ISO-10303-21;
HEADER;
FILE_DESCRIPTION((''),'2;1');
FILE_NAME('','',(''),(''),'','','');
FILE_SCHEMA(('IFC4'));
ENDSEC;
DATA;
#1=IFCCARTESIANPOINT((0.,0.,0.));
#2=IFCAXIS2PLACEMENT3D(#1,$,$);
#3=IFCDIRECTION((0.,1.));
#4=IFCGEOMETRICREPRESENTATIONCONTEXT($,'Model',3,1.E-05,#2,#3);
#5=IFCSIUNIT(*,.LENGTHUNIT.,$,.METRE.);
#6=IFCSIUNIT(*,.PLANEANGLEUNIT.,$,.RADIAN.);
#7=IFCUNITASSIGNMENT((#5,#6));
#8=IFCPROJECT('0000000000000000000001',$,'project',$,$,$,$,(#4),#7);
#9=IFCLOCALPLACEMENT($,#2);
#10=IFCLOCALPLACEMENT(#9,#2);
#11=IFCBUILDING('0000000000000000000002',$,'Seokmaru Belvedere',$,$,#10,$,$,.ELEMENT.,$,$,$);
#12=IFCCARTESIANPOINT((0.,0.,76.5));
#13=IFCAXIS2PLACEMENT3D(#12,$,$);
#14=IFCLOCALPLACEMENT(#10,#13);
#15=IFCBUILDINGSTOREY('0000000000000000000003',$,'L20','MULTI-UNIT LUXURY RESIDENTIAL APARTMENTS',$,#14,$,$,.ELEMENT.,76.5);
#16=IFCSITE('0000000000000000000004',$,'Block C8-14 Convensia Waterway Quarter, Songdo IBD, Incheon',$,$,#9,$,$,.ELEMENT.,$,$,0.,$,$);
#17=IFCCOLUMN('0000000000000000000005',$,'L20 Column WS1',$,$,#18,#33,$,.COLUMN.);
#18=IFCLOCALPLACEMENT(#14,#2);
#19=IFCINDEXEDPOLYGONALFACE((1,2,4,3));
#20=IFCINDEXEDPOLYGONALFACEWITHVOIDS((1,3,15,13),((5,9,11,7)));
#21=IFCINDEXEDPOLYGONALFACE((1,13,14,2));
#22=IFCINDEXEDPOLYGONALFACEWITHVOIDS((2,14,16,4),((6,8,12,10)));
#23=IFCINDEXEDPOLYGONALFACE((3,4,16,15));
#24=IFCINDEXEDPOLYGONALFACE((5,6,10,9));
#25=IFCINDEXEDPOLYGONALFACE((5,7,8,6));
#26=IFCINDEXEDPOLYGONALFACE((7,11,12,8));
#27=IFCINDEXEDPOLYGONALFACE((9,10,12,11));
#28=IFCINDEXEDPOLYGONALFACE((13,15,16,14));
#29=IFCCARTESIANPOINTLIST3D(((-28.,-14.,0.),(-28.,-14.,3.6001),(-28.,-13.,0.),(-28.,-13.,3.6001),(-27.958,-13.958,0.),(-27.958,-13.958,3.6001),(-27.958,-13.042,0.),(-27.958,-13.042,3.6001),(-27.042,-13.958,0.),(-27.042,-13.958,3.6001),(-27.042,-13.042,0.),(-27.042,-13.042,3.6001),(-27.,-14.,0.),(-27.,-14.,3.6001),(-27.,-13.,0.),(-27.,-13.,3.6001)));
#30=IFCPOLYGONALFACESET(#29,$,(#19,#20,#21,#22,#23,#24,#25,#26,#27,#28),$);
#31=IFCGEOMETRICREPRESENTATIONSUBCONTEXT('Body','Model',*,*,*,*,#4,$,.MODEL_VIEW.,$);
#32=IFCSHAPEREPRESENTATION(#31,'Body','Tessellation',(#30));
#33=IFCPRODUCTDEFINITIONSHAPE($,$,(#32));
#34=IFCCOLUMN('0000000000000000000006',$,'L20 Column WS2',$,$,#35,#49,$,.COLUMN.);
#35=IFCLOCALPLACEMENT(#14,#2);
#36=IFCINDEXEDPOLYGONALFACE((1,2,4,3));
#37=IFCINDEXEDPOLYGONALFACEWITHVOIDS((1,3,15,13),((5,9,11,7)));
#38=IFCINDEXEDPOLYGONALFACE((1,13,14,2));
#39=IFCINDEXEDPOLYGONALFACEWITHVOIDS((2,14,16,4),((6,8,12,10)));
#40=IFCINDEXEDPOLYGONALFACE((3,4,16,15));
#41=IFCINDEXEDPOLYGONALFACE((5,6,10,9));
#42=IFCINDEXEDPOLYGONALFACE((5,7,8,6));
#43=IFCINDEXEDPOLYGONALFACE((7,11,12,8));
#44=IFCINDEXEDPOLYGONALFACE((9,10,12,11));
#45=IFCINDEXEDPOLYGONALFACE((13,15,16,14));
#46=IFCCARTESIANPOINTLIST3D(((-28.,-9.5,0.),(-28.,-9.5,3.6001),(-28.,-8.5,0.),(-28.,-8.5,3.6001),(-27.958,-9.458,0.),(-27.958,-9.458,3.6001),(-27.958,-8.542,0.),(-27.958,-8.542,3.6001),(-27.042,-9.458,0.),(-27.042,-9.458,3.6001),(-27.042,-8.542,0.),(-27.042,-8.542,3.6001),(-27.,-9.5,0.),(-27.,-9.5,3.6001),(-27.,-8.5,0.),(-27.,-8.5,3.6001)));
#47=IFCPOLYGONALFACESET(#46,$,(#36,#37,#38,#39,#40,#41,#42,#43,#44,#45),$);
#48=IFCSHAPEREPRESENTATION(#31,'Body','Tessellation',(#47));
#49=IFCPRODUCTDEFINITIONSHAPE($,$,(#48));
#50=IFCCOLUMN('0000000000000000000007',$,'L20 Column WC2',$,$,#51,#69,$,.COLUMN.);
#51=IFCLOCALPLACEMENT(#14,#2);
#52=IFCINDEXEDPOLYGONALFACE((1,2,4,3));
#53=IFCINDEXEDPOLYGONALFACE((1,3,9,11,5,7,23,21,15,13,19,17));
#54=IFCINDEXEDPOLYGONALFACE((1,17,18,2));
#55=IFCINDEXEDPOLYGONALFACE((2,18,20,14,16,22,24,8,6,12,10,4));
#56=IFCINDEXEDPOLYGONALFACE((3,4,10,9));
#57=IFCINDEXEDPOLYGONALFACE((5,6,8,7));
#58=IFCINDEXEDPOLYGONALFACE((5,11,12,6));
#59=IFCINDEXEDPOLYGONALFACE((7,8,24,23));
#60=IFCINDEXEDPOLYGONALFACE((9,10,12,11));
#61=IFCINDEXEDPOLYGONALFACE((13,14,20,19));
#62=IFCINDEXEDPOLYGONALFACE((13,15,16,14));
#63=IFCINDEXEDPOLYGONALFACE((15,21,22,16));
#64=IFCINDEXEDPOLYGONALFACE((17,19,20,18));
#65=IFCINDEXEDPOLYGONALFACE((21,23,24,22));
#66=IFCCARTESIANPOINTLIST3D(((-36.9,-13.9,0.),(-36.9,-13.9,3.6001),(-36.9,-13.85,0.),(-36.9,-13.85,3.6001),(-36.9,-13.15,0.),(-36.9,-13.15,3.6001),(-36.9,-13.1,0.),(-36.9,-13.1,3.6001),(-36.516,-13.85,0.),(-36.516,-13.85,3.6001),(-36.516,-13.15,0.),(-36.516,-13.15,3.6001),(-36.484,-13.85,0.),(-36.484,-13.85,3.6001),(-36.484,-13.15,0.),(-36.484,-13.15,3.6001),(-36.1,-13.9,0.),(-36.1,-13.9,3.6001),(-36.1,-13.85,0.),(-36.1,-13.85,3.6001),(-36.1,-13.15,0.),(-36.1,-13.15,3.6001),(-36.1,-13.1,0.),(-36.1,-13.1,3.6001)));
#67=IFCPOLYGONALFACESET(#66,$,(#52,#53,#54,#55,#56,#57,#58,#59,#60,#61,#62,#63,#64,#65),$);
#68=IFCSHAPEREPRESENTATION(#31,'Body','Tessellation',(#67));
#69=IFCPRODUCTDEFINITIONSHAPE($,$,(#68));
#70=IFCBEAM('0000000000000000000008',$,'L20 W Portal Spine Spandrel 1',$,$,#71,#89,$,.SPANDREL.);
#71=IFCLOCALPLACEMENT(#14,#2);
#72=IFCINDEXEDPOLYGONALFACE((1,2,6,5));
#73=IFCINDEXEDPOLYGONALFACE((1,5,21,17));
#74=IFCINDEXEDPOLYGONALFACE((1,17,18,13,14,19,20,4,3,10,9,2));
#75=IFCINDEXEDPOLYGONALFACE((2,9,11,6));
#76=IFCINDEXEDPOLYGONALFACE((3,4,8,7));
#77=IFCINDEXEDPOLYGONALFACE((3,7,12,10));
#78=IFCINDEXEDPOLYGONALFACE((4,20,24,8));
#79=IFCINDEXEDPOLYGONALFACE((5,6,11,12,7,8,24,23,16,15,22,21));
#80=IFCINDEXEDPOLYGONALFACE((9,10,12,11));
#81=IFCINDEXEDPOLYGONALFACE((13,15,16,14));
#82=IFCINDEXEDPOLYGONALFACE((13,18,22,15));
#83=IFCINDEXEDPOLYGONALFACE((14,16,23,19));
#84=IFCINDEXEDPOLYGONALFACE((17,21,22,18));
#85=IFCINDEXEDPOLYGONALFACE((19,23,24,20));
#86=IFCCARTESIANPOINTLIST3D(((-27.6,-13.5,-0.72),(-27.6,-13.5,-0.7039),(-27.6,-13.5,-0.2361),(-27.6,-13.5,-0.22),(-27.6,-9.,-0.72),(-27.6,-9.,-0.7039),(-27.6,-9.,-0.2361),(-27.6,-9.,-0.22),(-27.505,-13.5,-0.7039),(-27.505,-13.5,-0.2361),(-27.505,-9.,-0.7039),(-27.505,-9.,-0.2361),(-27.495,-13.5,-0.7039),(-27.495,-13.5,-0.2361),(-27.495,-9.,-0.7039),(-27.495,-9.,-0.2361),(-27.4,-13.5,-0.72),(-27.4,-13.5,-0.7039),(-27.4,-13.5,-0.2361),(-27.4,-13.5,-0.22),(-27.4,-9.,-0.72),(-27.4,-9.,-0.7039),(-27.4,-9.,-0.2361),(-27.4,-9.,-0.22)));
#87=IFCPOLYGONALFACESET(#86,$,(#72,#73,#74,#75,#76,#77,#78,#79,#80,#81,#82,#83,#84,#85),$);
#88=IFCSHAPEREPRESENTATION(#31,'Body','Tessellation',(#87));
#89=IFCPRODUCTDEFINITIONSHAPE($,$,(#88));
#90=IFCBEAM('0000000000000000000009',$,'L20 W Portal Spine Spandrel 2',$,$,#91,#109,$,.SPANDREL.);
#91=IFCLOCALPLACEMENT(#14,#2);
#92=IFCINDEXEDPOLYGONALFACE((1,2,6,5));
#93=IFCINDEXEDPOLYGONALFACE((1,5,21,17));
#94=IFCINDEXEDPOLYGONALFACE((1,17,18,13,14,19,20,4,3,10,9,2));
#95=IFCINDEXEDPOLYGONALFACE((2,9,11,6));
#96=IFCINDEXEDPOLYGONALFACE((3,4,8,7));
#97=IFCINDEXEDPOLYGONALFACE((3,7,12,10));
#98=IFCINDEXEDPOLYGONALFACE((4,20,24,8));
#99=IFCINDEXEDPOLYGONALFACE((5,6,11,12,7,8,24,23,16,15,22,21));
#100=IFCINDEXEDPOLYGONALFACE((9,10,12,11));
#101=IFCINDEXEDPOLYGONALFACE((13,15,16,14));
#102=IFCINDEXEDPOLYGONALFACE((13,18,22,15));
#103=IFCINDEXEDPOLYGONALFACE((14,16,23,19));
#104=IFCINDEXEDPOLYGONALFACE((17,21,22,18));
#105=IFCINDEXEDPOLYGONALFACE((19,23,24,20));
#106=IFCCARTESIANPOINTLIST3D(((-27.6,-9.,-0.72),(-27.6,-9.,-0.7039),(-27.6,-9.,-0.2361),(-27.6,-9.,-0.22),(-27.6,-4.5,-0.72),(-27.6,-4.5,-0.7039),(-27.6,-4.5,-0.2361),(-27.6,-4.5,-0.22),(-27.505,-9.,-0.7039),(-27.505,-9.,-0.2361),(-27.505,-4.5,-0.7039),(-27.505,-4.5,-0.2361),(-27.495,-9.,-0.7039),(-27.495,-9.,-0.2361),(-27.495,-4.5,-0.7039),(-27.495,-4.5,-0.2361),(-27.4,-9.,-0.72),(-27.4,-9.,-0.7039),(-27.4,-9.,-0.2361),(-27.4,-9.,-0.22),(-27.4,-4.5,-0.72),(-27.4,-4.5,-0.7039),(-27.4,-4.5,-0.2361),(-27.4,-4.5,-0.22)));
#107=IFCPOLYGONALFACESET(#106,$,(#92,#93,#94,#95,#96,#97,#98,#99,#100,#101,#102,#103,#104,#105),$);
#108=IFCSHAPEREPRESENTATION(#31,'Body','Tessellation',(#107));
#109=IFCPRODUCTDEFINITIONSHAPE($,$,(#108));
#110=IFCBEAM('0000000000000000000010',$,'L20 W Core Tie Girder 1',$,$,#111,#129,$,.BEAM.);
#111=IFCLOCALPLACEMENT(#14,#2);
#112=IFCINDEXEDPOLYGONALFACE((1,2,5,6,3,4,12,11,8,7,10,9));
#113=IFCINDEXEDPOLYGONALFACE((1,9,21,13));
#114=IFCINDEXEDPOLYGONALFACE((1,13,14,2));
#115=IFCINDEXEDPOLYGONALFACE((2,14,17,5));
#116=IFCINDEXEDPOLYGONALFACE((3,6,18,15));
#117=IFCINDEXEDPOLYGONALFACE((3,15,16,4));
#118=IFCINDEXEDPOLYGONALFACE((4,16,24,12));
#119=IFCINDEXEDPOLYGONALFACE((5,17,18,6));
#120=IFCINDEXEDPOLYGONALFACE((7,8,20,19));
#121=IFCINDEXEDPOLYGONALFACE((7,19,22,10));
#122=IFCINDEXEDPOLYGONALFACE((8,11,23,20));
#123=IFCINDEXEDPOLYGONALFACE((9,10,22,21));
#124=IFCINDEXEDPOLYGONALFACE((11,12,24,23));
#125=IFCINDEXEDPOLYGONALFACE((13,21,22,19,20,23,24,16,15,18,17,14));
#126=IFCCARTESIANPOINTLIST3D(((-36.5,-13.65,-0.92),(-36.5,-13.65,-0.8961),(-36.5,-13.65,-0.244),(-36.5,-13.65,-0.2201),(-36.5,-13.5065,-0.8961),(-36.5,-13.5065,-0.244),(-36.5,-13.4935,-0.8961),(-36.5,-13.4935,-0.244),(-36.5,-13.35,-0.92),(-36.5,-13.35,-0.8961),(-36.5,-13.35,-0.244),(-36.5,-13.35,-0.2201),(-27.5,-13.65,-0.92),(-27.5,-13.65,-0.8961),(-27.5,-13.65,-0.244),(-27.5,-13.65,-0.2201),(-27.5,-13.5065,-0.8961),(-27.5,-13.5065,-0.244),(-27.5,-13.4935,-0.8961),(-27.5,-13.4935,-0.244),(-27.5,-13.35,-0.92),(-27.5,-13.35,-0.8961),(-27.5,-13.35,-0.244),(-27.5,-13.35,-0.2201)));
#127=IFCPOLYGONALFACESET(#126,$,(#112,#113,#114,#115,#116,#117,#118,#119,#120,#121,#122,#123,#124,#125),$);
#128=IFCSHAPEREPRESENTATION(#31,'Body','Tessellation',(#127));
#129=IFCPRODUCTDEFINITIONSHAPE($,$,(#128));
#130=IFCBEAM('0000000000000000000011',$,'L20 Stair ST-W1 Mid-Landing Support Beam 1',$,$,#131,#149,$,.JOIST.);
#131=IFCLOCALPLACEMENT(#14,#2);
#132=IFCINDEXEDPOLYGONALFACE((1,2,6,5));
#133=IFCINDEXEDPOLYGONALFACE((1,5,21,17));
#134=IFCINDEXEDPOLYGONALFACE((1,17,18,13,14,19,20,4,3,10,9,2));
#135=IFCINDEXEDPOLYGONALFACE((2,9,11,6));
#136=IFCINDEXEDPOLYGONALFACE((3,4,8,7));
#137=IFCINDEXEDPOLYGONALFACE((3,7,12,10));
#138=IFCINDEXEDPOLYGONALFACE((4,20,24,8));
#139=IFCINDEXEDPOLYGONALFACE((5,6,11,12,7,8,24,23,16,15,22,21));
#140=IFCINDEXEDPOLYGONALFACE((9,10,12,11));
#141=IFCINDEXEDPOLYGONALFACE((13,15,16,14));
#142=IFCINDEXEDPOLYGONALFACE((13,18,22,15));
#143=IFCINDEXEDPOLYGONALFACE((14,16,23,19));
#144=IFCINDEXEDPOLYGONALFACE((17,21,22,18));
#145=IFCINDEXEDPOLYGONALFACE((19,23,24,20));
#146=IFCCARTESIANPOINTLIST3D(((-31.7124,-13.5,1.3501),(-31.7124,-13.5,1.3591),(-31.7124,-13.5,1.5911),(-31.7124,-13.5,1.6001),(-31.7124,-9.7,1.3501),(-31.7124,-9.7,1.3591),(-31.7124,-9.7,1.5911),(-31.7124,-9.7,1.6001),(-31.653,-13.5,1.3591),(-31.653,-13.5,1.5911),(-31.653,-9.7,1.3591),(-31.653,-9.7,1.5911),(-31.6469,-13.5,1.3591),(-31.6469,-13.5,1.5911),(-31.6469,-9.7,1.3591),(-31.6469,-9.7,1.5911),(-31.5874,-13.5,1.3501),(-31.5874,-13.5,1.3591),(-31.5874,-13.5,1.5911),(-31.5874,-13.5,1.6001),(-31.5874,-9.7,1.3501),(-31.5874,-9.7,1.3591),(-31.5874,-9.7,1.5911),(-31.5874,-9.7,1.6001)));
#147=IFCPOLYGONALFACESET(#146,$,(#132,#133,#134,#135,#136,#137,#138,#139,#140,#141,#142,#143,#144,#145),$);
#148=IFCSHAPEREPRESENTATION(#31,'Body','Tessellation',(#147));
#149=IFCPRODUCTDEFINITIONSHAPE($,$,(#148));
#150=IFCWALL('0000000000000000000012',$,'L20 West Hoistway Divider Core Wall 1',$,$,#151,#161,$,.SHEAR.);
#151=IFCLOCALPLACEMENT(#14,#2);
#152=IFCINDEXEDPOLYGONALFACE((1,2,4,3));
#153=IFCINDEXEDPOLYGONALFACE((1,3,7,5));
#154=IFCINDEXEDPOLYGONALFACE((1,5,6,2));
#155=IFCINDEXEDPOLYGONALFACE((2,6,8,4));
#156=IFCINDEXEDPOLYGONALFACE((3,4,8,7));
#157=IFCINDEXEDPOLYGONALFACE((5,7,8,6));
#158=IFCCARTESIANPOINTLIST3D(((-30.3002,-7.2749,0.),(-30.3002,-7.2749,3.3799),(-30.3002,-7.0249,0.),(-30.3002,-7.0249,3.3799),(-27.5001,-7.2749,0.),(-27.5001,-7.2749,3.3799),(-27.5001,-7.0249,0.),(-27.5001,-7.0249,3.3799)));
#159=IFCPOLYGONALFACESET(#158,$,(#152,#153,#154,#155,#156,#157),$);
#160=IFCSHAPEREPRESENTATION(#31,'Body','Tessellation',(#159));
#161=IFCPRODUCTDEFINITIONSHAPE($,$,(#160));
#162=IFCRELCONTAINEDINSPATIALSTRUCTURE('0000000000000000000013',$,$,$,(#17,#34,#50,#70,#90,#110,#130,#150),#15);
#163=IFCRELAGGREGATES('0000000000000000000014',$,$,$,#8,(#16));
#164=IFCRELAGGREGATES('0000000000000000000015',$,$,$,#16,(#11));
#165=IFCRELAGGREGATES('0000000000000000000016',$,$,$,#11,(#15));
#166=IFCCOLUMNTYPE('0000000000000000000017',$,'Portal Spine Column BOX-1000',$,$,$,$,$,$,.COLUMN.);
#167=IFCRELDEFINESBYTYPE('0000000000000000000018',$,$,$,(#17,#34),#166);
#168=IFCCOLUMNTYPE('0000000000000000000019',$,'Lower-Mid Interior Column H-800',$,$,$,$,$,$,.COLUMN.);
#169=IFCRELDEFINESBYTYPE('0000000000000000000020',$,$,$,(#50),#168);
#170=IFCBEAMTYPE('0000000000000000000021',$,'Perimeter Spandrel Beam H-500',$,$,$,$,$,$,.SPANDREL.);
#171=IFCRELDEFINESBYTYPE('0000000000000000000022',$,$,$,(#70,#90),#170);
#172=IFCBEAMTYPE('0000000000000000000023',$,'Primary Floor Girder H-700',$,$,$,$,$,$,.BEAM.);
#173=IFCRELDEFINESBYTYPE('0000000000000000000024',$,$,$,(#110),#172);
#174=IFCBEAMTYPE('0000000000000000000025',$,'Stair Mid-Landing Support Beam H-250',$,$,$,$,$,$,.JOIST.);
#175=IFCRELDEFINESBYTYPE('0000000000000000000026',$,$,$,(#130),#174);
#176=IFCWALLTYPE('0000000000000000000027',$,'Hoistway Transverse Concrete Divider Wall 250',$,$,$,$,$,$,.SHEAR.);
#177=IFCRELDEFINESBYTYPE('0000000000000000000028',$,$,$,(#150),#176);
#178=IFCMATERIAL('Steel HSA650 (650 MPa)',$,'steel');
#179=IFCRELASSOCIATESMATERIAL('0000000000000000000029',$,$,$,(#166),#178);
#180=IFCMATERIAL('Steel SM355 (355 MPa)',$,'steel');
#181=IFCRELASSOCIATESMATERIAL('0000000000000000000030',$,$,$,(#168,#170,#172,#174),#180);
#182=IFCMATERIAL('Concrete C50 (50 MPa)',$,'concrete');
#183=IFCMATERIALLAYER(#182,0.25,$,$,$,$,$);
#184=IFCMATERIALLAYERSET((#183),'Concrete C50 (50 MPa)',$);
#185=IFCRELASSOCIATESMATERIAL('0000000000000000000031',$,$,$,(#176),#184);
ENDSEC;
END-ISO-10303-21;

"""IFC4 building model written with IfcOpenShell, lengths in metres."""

from ifc_helpers import new_model, si_unit, direction, frame, frame_2d, origin, origin_2d, place, context, subcontext, project, spatial, rectangle, hollow_rectangle, i_section, extrude, source, transform, mapped, material, layer, layer_set, material_profile, profile_set, type_object, type_shapes, element, save


model = new_model("IFC4")

# Units and contexts
model_context = context("Model", 3, precision=1e-05, world=origin(), true_north=direction((0.0, 1.0)))
body_context = subcontext(model_context, "Body", "Model", "MODEL_VIEW")
ifc_project = project(units=[si_unit("LENGTHUNIT", "METRE"), si_unit("PLANEANGLEUNIT", "RADIAN")], contexts=[model_context])

# Site, building, storey
site_placement = place(None, origin())
site = spatial("IfcSite", under=ifc_project, at=site_placement, Name="Block C8-14 Convensia Waterway Quarter, Songdo IBD, Incheon", CompositionType="ELEMENT", RefElevation=0.0)
building_placement = place(site_placement, origin())
building = spatial("IfcBuilding", under=site, at=building_placement, Name="Seokmaru Belvedere", CompositionType="ELEMENT")
storey_placement = place(building_placement, frame((0.0, 0.0, 76.5)))
storey = spatial("IfcBuildingStorey", under=building, at=storey_placement, Name="L20", Description="MULTI-UNIT LUXURY RESIDENTIAL APARTMENTS", CompositionType="ELEMENT", Elevation=76.5)

# Columns
ifc_material_1 = material(Name="Steel HSA650 (650 MPa)", Category="steel")
ifc_material_profile_1 = material_profile(ifc_material_1, hollow_rectangle(XDim=1.0, YDim=1.0, WallThickness=0.042, at=origin_2d()), Name="BOX-1000x1000x42")
ifc_profile_set_1 = profile_set([ifc_material_profile_1], Name="Steel HSA650 (650 MPa)")
column_type_1 = type_object("IfcColumnType", Name="Portal Spine Column BOX-1000", PredefinedType="COLUMN", material=ifc_profile_set_1)
shared_shape_1 = source(origin(), body_context, "Body", "SweptSolid", [
    extrude(hollow_rectangle(XDim=1.0, YDim=1.0, WallThickness=0.042, at=origin_2d()), origin(), (0.0, 0.0, 1.0), 3.6001),
])
type_shapes(column_type_1, [shared_shape_1])
for number, where, z_axis, x_axis, name in (
    (1, (-27.5, -13.5, 0.0), (0.0, 0.0, 1.0), (1.0, 0.0, 0.0), "L20 Column WS1"),
    (2, (-27.5, -9.0, 0.0), (0.0, 0.0, 1.0), (1.0, 0.0, 0.0), "L20 Column WS2"),
):
    element("IfcColumn", number, at=place(storey_placement, frame(where, z_axis=z_axis, x_axis=x_axis)), inside=storey, type_object=column_type_1, Name=name, PredefinedType="COLUMN", context=body_context, shape_type="MappedRepresentation", body=[
        mapped(shared_shape_1, transform((0.0, 0.0, 0.0), scale=1.0)),
    ])
ifc_material_2 = material(Name="Steel SM355 (355 MPa)", Category="steel")
ifc_material_profile_2 = material_profile(ifc_material_2, i_section(OverallWidth=0.8, OverallDepth=0.8, WebThickness=0.032, FlangeThickness=0.05, at=origin_2d()), Name="H-800x800x32x50")
ifc_profile_set_2 = profile_set([ifc_material_profile_2], Name="Steel SM355 (355 MPa)")
column_type_2 = type_object("IfcColumnType", Name="Lower-Mid Interior Column H-800", PredefinedType="COLUMN", material=ifc_profile_set_2)
shared_shape_2 = source(origin(), body_context, "Body", "SweptSolid", [
    extrude(i_section(OverallWidth=0.8, OverallDepth=0.8, WebThickness=0.032, FlangeThickness=0.05, at=origin_2d()), origin(), (0.0, 0.0, 1.0), 3.6001),
])
type_shapes(column_type_2, [shared_shape_2])
column_placement = place(storey_placement, frame((-36.5, -13.5, 0.0), z_axis=(0.0, 0.0, 1.0), x_axis=(1.0, 0.0, 0.0)))
element("IfcColumn", 3, at=column_placement, inside=storey, type_object=column_type_2, Name="L20 Column WC2", PredefinedType="COLUMN", context=body_context, shape_type="MappedRepresentation", body=[
    mapped(shared_shape_2, transform((0.0, 0.0, 0.0), scale=1.0)),
])

# Beams
ifc_material_profile_3 = material_profile(ifc_material_2, i_section(OverallWidth=0.2, OverallDepth=0.5, WebThickness=0.01, FlangeThickness=0.0161, at=origin_2d()), Name="H-500x200x10x16")
ifc_profile_set_3 = profile_set([ifc_material_profile_3], Name="Steel SM355 (355 MPa)")
beam_type_1 = type_object("IfcBeamType", Name="Perimeter Spandrel Beam H-500", PredefinedType="SPANDREL", material=ifc_profile_set_3)
shared_shape_3 = source(origin(), body_context, "Body", "SweptSolid", [
    extrude(i_section(OverallWidth=0.2, OverallDepth=0.5, WebThickness=0.01, FlangeThickness=0.0161, at=origin_2d()), origin(), (0.0, 0.0, 1.0), 4.5),
])
type_shapes(beam_type_1, [shared_shape_3])
for number, where, z_axis, x_axis, name in (
    (4, (-27.5, -13.5, -0.47), (0.0, 1.0, 0.0), (-1.0, 0.0, 0.0), "L20 W Portal Spine Spandrel 1"),
    (5, (-27.5, -9.0, -0.47), (0.0, 1.0, 0.0), (-1.0, 0.0, 0.0), "L20 W Portal Spine Spandrel 2"),
):
    element("IfcBeam", number, at=place(storey_placement, frame(where, z_axis=z_axis, x_axis=x_axis)), inside=storey, type_object=beam_type_1, Name=name, PredefinedType="SPANDREL", context=body_context, shape_type="MappedRepresentation", body=[
        mapped(shared_shape_3, transform((0.0, 0.0, 0.0), scale=1.0)),
    ])
ifc_material_profile_4 = material_profile(ifc_material_2, i_section(OverallWidth=0.3, OverallDepth=0.7, WebThickness=0.0129, FlangeThickness=0.0239, at=origin_2d()), Name="H-700x300x13x24")
ifc_profile_set_4 = profile_set([ifc_material_profile_4], Name="Steel SM355 (355 MPa)")
beam_type_2 = type_object("IfcBeamType", Name="Primary Floor Girder H-700", PredefinedType="BEAM", material=ifc_profile_set_4)
shared_shape_4 = source(origin(), body_context, "Body", "SweptSolid", [
    extrude(i_section(OverallWidth=0.3, OverallDepth=0.7, WebThickness=0.0129, FlangeThickness=0.0239, at=origin_2d()), origin(), (0.0, 0.0, 1.0), 9.0),
])
type_shapes(beam_type_2, [shared_shape_4])
beam_1_placement = place(storey_placement, frame((-36.5, -13.5, -0.5701), z_axis=(1.0, 0.0, 0.0), x_axis=(0.0, 1.0, 0.0)))
element("IfcBeam", 6, at=beam_1_placement, inside=storey, type_object=beam_type_2, Name="L20 W Core Tie Girder 1", PredefinedType="BEAM", context=body_context, shape_type="MappedRepresentation", body=[
    mapped(shared_shape_4, transform((0.0, 0.0, 0.0), scale=1.0)),
])
ifc_material_profile_5 = material_profile(ifc_material_2, i_section(OverallWidth=0.125, OverallDepth=0.25, WebThickness=0.0061, FlangeThickness=0.009, at=origin_2d()), Name="H-250x125x6x9")
ifc_profile_set_5 = profile_set([ifc_material_profile_5], Name="Steel SM355 (355 MPa)")
beam_type_3 = type_object("IfcBeamType", Name="Stair Mid-Landing Support Beam H-250", PredefinedType="JOIST", material=ifc_profile_set_5)
shared_shape_5 = source(origin(), body_context, "Body", "SweptSolid", [
    extrude(i_section(OverallWidth=0.125, OverallDepth=0.25, WebThickness=0.0061, FlangeThickness=0.009, at=origin_2d()), origin(), (0.0, 0.0, 1.0), 3.8),
])
type_shapes(beam_type_3, [shared_shape_5])
beam_2_placement = place(storey_placement, frame((-31.6499, -13.5, 1.4751), z_axis=(0.0, 1.0, 0.0), x_axis=(-1.0, 0.0, 0.0)))
element("IfcBeam", 7, at=beam_2_placement, inside=storey, type_object=beam_type_3, Name="L20 Stair ST-W1 Mid-Landing Support Beam 1", PredefinedType="JOIST", context=body_context, shape_type="MappedRepresentation", body=[
    mapped(shared_shape_5, transform((0.0, 0.0, 0.0), scale=1.0)),
])

# Wall
ifc_material_3 = material(Name="Concrete C50 (50 MPa)", Category="concrete")
ifc_layer_1 = layer(ifc_material_3, 0.25)
ifc_layer_set_1 = layer_set([ifc_layer_1], Name="Concrete C50 (50 MPa)")
wall_type_1 = type_object("IfcWallType", Name="Hoistway Transverse Concrete Divider Wall 250", PredefinedType="SHEAR", material=ifc_layer_set_1)
wall_1_placement = place(storey_placement, frame((-30.3, -7.1499, 0.0), z_axis=(0.0, 0.0, 1.0), x_axis=(1.0, 0.0, 0.0)))
element("IfcWall", 8, at=wall_1_placement, inside=storey, type_object=wall_type_1, Name="L20 West Hoistway Divider Core Wall 1", PredefinedType="SHEAR", context=body_context, shape_type="SweptSolid", body=[
    extrude(rectangle(XDim=2.8, YDim=0.25, at=frame_2d((1.3999, 0.0))), origin(), (0.0, 0.0, 1.0), 3.3799),
])

save(model, "model.ifc")
